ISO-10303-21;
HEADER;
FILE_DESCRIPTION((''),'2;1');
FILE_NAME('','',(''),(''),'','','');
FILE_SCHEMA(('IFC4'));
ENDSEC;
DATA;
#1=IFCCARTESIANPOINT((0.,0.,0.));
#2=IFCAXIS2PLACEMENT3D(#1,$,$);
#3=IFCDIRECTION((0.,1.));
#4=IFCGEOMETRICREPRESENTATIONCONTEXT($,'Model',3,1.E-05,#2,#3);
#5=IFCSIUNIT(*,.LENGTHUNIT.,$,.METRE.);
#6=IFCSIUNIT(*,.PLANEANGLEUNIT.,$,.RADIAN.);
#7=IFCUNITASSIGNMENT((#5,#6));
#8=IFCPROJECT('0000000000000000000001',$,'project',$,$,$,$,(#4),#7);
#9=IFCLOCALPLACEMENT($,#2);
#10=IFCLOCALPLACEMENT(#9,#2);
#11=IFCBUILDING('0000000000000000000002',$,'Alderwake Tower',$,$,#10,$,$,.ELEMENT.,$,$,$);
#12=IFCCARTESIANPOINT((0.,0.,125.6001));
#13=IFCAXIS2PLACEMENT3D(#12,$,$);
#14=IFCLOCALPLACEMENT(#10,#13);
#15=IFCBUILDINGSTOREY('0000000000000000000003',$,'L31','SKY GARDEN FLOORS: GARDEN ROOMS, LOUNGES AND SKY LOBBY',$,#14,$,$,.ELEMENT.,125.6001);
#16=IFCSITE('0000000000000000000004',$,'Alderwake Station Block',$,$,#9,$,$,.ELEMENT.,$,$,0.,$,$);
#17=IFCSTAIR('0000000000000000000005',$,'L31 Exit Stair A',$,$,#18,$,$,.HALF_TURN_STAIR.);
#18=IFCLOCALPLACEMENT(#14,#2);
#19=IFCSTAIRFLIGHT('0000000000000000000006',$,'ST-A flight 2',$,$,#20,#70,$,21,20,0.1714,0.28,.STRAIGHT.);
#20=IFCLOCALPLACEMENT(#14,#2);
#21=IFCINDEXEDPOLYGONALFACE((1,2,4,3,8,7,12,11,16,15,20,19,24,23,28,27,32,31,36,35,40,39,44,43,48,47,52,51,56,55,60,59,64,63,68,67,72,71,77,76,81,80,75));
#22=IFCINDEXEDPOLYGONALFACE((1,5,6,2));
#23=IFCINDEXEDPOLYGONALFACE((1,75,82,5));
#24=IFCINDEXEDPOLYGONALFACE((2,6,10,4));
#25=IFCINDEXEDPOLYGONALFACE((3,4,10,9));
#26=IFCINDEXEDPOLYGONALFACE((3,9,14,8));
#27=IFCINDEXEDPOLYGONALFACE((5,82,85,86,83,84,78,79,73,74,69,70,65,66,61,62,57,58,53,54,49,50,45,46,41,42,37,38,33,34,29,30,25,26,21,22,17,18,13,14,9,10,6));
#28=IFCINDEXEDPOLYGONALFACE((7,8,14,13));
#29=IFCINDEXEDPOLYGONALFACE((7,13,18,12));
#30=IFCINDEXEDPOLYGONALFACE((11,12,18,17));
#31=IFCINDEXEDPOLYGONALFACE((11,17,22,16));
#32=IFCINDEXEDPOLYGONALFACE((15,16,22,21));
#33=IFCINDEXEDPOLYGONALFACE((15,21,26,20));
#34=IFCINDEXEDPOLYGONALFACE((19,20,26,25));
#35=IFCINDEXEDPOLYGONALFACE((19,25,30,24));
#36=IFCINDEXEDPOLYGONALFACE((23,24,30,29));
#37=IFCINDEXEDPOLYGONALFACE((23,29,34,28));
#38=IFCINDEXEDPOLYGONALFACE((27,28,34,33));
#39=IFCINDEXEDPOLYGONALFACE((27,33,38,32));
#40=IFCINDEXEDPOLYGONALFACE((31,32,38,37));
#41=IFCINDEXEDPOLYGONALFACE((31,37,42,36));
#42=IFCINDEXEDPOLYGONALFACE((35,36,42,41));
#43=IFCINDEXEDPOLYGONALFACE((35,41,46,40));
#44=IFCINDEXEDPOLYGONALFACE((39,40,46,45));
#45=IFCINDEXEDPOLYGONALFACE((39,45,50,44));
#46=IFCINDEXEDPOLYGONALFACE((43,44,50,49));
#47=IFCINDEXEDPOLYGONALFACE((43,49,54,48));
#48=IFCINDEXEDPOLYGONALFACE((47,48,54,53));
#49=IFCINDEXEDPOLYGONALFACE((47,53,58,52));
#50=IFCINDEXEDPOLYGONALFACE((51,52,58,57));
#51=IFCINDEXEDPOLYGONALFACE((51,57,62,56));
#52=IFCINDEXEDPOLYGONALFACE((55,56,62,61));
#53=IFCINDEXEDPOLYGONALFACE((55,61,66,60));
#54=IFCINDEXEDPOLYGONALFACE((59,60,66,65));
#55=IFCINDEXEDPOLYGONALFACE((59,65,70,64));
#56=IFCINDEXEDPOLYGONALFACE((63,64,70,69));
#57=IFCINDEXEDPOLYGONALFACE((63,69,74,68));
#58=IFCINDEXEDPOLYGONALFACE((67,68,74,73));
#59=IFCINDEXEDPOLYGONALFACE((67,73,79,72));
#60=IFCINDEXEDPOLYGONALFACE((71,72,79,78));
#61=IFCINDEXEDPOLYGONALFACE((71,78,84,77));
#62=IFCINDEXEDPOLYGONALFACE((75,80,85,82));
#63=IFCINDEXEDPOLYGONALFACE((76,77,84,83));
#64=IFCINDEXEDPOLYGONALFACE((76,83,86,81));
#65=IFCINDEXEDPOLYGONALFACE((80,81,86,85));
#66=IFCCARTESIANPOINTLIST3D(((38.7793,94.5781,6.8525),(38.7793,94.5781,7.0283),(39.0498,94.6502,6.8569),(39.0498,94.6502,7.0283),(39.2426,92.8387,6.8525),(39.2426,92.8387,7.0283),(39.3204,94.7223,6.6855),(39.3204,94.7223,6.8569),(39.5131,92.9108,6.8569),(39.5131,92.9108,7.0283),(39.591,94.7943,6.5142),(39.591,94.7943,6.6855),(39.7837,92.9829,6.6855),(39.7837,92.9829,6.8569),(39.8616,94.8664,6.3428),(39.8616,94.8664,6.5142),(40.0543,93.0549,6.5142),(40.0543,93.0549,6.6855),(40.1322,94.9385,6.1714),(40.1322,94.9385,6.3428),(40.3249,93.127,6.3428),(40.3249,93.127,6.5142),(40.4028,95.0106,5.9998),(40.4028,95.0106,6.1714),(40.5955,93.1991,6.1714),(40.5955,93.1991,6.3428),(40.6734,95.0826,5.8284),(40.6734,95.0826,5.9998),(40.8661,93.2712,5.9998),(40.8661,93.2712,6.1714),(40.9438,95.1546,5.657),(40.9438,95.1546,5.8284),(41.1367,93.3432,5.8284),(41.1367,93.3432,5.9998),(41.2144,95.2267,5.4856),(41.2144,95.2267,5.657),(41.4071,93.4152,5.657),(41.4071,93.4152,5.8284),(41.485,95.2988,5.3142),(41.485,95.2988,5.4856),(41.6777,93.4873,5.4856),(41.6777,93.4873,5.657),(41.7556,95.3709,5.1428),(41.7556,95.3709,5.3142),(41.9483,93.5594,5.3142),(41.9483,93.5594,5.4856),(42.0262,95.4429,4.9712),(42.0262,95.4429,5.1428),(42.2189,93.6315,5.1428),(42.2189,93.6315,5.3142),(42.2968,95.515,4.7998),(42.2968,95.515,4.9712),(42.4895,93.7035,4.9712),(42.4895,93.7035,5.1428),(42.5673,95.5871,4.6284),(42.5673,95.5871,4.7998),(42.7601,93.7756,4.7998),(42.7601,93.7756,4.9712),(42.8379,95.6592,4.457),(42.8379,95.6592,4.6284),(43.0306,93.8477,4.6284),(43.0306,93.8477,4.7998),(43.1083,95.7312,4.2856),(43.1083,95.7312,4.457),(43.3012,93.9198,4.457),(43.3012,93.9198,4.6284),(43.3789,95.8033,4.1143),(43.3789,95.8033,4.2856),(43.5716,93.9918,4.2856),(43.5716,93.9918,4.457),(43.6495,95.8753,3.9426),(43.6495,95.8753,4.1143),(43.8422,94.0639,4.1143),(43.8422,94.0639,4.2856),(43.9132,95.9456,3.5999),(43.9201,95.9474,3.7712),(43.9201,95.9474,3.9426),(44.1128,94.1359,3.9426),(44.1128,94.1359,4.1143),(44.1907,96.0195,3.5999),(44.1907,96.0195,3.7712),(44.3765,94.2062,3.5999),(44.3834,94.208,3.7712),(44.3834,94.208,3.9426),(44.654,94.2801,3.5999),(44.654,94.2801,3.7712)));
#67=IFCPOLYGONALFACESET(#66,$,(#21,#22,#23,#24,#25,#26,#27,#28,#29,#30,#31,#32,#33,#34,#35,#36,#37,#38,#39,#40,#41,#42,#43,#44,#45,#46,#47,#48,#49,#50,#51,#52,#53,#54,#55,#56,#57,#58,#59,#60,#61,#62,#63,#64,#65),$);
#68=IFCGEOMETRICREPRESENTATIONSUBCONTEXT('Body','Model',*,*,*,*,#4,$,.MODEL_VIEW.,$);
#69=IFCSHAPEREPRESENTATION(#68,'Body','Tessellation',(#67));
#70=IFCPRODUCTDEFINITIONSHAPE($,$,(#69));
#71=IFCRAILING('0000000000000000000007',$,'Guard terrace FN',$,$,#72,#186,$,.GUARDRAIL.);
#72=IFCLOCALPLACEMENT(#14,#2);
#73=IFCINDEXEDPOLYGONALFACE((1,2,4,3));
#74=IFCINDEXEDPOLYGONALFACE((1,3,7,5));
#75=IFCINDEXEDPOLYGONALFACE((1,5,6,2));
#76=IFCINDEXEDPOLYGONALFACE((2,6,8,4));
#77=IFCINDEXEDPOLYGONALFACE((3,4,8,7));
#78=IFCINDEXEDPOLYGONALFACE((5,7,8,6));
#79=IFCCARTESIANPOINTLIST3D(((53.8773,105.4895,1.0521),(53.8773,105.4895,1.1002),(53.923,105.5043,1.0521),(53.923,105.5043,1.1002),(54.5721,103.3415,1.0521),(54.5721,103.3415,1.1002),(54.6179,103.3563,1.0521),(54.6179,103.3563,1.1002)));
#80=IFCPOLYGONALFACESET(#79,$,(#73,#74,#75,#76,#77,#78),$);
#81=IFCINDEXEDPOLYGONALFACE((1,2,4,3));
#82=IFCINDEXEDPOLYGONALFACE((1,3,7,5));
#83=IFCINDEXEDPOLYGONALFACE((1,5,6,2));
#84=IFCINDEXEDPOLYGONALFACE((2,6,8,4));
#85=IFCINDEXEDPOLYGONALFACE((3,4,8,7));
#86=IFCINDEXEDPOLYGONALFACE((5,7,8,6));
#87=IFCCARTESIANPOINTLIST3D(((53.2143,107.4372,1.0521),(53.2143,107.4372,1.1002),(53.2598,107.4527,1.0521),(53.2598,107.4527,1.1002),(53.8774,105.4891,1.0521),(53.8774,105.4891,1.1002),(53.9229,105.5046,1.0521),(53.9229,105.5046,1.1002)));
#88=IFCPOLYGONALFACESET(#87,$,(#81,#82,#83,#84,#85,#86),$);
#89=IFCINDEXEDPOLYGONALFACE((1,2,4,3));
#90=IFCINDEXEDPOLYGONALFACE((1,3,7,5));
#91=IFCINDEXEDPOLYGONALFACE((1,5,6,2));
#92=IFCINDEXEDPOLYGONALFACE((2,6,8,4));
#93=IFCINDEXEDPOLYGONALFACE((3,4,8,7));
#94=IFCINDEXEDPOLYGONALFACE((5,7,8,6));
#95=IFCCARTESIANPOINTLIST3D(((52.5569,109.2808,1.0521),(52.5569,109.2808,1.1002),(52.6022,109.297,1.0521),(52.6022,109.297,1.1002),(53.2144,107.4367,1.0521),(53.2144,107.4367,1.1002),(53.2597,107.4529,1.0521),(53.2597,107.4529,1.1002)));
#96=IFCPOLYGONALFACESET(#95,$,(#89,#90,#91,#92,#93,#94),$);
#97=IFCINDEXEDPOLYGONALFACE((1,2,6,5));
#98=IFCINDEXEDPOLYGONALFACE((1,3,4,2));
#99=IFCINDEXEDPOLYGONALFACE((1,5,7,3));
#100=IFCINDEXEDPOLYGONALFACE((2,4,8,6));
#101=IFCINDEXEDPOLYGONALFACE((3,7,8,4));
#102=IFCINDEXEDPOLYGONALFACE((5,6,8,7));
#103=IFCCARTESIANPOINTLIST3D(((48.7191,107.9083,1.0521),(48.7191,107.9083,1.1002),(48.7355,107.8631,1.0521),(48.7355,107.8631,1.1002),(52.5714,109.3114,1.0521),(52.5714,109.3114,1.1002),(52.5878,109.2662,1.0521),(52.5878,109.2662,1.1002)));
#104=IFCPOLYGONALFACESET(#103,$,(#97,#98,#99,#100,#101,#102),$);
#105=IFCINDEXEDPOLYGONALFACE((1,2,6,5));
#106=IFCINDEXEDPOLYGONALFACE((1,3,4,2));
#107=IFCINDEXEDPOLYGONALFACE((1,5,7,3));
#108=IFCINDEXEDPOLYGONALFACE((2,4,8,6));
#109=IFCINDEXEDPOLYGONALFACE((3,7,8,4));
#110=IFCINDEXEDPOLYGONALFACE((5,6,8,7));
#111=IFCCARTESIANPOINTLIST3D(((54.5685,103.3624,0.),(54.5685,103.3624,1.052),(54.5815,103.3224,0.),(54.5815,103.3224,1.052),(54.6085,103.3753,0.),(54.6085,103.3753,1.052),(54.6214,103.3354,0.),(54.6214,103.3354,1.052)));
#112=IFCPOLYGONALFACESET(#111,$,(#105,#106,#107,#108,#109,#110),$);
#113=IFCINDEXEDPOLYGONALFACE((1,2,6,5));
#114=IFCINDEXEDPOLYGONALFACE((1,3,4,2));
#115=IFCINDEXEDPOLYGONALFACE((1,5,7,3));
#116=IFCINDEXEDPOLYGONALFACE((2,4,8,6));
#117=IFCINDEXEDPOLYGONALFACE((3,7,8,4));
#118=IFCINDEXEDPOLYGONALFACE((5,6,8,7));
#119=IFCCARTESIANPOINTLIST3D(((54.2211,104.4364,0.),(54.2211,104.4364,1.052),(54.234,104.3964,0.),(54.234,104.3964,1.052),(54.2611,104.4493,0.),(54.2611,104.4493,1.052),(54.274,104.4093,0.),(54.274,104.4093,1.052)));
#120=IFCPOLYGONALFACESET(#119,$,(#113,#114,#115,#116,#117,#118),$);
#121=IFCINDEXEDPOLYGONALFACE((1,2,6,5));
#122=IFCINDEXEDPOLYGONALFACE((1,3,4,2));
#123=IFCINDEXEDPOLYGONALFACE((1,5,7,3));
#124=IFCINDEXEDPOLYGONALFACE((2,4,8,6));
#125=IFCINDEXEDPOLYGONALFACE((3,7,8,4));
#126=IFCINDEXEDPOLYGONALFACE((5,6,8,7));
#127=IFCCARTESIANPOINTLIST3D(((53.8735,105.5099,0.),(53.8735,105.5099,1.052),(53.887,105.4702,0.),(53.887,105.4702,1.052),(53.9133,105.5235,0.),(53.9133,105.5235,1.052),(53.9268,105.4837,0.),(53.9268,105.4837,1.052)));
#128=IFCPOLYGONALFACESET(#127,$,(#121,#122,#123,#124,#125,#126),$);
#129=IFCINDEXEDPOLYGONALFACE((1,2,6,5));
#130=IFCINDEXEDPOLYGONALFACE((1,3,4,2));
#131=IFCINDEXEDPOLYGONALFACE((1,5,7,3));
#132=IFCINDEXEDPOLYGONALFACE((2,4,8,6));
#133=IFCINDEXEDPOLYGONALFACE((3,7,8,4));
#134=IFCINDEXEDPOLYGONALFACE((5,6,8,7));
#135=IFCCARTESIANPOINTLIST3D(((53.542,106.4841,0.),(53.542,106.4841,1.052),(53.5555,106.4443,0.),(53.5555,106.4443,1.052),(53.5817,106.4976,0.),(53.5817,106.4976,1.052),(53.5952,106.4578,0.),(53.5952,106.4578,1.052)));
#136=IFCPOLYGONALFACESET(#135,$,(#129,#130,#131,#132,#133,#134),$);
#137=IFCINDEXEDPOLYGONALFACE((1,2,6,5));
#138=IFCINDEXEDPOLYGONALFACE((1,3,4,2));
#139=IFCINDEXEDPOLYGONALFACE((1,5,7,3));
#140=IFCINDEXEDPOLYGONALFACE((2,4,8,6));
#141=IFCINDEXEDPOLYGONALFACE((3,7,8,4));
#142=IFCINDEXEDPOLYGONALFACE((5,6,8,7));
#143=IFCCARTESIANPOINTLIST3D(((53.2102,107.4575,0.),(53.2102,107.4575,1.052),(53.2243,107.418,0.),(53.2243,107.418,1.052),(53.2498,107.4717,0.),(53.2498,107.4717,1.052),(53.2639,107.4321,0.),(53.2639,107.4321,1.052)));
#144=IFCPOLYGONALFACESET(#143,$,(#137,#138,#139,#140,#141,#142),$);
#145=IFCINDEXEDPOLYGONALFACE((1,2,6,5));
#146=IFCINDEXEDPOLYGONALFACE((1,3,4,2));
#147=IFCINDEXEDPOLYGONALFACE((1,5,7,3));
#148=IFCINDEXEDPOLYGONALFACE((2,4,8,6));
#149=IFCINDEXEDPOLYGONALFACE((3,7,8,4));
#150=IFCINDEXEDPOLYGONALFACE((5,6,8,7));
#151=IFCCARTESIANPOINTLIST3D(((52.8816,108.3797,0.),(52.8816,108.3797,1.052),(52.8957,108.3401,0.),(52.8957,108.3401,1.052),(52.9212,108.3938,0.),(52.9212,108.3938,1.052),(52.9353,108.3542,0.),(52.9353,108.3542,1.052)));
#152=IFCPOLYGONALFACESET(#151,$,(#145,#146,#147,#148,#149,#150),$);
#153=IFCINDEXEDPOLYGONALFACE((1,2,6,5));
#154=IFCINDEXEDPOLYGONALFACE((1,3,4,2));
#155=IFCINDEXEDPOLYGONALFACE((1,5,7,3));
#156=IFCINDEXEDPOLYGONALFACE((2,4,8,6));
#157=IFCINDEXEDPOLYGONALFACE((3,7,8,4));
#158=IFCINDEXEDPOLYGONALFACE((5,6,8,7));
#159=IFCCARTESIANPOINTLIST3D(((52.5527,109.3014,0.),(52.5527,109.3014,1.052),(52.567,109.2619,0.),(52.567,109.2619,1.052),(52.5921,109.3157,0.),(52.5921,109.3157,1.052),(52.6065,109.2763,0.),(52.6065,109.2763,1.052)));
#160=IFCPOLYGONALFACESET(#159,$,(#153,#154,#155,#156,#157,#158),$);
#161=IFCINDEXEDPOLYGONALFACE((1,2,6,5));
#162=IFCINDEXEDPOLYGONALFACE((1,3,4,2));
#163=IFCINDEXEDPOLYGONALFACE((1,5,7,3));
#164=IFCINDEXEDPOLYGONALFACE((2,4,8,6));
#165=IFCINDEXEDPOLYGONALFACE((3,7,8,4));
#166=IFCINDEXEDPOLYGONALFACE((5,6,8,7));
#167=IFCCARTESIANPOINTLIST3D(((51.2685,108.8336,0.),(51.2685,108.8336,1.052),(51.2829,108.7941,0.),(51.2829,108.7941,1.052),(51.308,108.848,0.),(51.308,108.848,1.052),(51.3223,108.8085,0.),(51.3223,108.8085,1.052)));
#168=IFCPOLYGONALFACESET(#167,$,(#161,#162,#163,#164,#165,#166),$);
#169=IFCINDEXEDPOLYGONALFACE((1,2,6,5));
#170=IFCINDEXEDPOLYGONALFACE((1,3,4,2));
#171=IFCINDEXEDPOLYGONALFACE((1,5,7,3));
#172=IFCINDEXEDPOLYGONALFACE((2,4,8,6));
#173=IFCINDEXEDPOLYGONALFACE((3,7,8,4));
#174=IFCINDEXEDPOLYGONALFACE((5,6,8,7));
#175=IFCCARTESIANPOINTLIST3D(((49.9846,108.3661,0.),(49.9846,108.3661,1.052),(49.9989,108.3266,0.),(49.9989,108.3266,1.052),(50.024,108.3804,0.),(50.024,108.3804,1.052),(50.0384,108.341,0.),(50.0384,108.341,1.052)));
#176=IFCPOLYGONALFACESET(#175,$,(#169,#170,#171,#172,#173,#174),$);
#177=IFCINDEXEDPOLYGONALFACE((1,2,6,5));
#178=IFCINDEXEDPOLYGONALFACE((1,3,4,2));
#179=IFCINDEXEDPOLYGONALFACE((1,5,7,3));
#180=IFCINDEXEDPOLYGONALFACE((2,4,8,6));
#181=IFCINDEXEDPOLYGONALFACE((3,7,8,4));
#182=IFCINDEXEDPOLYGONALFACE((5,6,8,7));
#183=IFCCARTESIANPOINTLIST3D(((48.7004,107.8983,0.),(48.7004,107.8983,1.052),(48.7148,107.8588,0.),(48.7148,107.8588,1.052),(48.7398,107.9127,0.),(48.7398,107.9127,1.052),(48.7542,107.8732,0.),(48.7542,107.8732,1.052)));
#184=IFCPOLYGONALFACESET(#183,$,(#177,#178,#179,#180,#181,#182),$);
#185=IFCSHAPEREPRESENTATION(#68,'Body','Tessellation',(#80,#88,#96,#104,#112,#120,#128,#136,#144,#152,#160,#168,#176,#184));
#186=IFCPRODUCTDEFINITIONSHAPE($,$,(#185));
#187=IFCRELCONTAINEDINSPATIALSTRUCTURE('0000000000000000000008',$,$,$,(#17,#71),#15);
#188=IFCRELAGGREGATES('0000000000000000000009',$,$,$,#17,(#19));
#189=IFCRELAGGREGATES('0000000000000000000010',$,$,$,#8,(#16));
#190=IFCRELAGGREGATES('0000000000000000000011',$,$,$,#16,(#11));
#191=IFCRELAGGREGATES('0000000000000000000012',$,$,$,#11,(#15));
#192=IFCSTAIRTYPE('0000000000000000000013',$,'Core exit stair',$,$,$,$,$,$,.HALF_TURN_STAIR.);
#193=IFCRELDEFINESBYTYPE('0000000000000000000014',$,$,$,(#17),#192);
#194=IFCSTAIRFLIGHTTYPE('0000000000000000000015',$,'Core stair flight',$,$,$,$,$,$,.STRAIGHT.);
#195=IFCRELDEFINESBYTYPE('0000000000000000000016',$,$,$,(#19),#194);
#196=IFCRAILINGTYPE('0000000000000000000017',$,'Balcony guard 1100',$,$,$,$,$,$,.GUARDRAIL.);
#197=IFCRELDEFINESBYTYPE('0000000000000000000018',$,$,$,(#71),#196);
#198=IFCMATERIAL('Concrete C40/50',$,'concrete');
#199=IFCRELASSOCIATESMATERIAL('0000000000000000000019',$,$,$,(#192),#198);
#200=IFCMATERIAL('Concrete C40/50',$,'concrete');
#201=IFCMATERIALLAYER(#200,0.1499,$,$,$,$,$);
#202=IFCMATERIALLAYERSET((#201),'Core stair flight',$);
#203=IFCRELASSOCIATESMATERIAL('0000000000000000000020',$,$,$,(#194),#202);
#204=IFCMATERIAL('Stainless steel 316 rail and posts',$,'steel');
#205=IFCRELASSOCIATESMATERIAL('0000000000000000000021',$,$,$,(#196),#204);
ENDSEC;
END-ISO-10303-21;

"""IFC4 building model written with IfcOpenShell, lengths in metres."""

from ifc_helpers import new_model, si_unit, direction, frame, origin, origin_2d, place, context, subcontext, project, spatial, polyline, rectangle, outline, extrude, material, layer, layer_set, type_object, element, aggregate, save


model = new_model("IFC4")

# Units and contexts
model_context = context("Model", 3, precision=1e-05, world=origin(), true_north=direction((0.0, 1.0)))
body_context = subcontext(model_context, "Body", "Model", "MODEL_VIEW")
ifc_project = project(units=[si_unit("LENGTHUNIT", "METRE"), si_unit("PLANEANGLEUNIT", "RADIAN")], contexts=[model_context])

# Site, building, storey
site_placement = place(None, origin())
site = spatial("IfcSite", under=ifc_project, at=site_placement, Name="Alderwake Station Block", CompositionType="ELEMENT", RefElevation=0.0)
building_placement = place(site_placement, origin())
building = spatial("IfcBuilding", under=site, at=building_placement, Name="Alderwake Tower", CompositionType="ELEMENT")
storey_placement = place(building_placement, frame((0.0, 0.0, 125.6001)))
storey = spatial("IfcBuildingStorey", under=building, at=storey_placement, Name="L31", Description="SKY GARDEN FLOORS: GARDEN ROOMS, LOUNGES AND SKY LOBBY", CompositionType="ELEMENT", Elevation=125.6001)

# Stair, stair flight
ifc_material_1 = material(Name="Concrete C40/50", Category="concrete")
stair_type = type_object("IfcStairType", Name="Core exit stair", PredefinedType="HALF_TURN_STAIR", material=ifc_material_1)
stair_placement = place(storey_placement, origin())
stair = element("IfcStair", 1, at=stair_placement, inside=storey, type_object=stair_type, Name="L31 Exit Stair A", PredefinedType="HALF_TURN_STAIR")
ifc_material_2 = material(Name="Concrete C40/50", Category="concrete")
ifc_layer_1 = layer(ifc_material_2, 0.1499)
ifc_layer_set_1 = layer_set([ifc_layer_1], Name="Core stair flight")
stair_flight_type = type_object("IfcStairFlightType", Name="Core stair flight", PredefinedType="STRAIGHT", material=ifc_layer_set_1)
stair_flight_placement = place(storey_placement, frame((44.4224, 95.1497, 3.5999), z_axis=(0.0, 0.0, 1.0), x_axis=(-0.96631, -0.257382, 0.0)))
stair_flight = element("IfcStairFlight", 2, at=stair_flight_placement, type_object=stair_flight_type, Name="ST-A flight 2", NumberOfRisers=21, NumberOfTreads=20, PredefinedType="STRAIGHT", RiserHeight=0.1714, TreadLength=0.28, context=body_context, shape_type="SweptSolid", body=[
    extrude(outline(polyline([(0.0, 0.0), (0.0, 0.1714), (0.28, 0.1714), (0.28, 0.3428), (0.5601, 0.3428), (0.5601, 0.5144), (0.8401, 0.5144), (0.8401, 0.6858), (1.1201, 0.6858), (1.1201, 0.8572), (1.3999, 0.8572), (1.3999, 1.0286), (1.6799, 1.0286), (1.6799, 1.2), (1.96, 1.2), (1.96, 1.3713), (2.24, 1.3713), (2.24, 1.543), (2.52, 1.543), (2.52, 1.7144), (2.8, 1.7144), (2.8, 1.8857), (3.0801, 1.8857), (3.0801, 2.0571), (3.3601, 2.0571), (3.3601, 2.2285), (3.6399, 2.2285), (3.6399, 2.3999), (3.9199, 2.3999), (3.9199, 2.5715), (4.2, 2.5715), (4.2, 2.7429), (4.48, 2.7429), (4.48, 2.9143), (4.76, 2.9143), (4.76, 3.0857), (5.04, 3.0857), (5.04, 3.2571), (5.3201, 3.2571), (5.3201, 3.4285), (5.6001, 3.4285), (5.6001, 3.6001), (5.6001, 3.2527), (0.2871, 0.0), (0.0, 0.0)])), frame((0.0, 0.8999, 0.0), z_axis=(0.0, -1.0, 0.0), x_axis=(1.0, 0.0, 0.0)), (0.0, 0.0, 1.0), 1.8),
])
aggregate(stair, [stair_flight])

# Railing
ifc_material_3 = material(Name="Stainless steel 316 rail and posts", Category="steel")
railing_type_1 = type_object("IfcRailingType", Name="Balcony guard 1100", PredefinedType="GUARDRAIL", material=ifc_material_3)
railing_1_placement = place(storey_placement, frame((54.595, 103.3489, 0.0)))
element("IfcRailing", 3, at=railing_1_placement, inside=storey, type_object=railing_type_1, Name="Guard terrace FN", PredefinedType="GUARDRAIL", context=body_context, shape_type="SweptSolid", body=[
    extrude(rectangle(XDim=0.0481, YDim=0.0481, at=origin_2d()), frame((0.0, 0.0, 1.0762), z_axis=(-0.30778, 0.951458, 0.0), x_axis=(-0.951458, -0.30778, 0.0)), (0.0, 0.0, 1.0), 2.2576),
    extrude(rectangle(XDim=0.0481, YDim=0.0481, at=origin_2d()), frame((-0.6948, 2.1479, 1.0762), z_axis=(-0.322237, 0.946659, 0.0), x_axis=(-0.946659, -0.322237, 0.0)), (0.0, 0.0, 1.0), 2.0579),
    extrude(rectangle(XDim=0.0481, YDim=0.0481, at=origin_2d()), frame((-1.3579, 4.0959, 1.0762), z_axis=(-0.335839, 0.94192, 0.0), x_axis=(-0.94192, -0.335839, 0.0)), (0.0, 0.0, 1.0), 1.9578),
    extrude(rectangle(XDim=0.0481, YDim=0.0481, at=origin_2d()), frame((-2.0154, 5.9399, 1.0762), z_axis=(-0.939618, -0.342226, 0.0), x_axis=(0.342226, -0.939618, 0.0)), (0.0, 0.0, 1.0), 4.0999),
    extrude(rectangle(XDim=0.042, YDim=0.042, at=origin_2d()), frame((0.0, 0.0, 0.0), z_axis=(0.0, 0.0, 1.0), x_axis=(-0.30778, 0.951458, 0.0)), (0.0, 0.0, 1.0), 1.052),
    extrude(rectangle(XDim=0.042, YDim=0.042, at=origin_2d()), frame((-0.3474, 1.074, 0.0), z_axis=(0.0, 0.0, 1.0), x_axis=(-0.30778, 0.951458, 0.0)), (0.0, 0.0, 1.0), 1.052),
    extrude(rectangle(XDim=0.042, YDim=0.042, at=origin_2d()), frame((-0.6948, 2.1479, 0.0), z_axis=(0.0, 0.0, 1.0), x_axis=(-0.322237, 0.946659, 0.0)), (0.0, 0.0, 1.0), 1.052),
    extrude(rectangle(XDim=0.042, YDim=0.042, at=origin_2d()), frame((-1.0264, 3.1221, 0.0), z_axis=(0.0, 0.0, 1.0), x_axis=(-0.322237, 0.946659, 0.0)), (0.0, 0.0, 1.0), 1.052),
    extrude(rectangle(XDim=0.042, YDim=0.042, at=origin_2d()), frame((-1.3579, 4.0959, 0.0), z_axis=(0.0, 0.0, 1.0), x_axis=(-0.335839, 0.94192, 0.0)), (0.0, 0.0, 1.0), 1.052),
    extrude(rectangle(XDim=0.042, YDim=0.042, at=origin_2d()), frame((-1.6865, 5.0181, 0.0), z_axis=(0.0, 0.0, 1.0), x_axis=(-0.335839, 0.94192, 0.0)), (0.0, 0.0, 1.0), 1.052),
    extrude(rectangle(XDim=0.042, YDim=0.042, at=origin_2d()), frame((-2.0154, 5.9399, 0.0), z_axis=(0.0, 0.0, 1.0), x_axis=(-0.939618, -0.342226, 0.0)), (0.0, 0.0, 1.0), 1.052),
    extrude(rectangle(XDim=0.042, YDim=0.042, at=origin_2d()), frame((-3.2996, 5.4722, 0.0), z_axis=(0.0, 0.0, 1.0), x_axis=(-0.939618, -0.342226, 0.0)), (0.0, 0.0, 1.0), 1.052),
    extrude(rectangle(XDim=0.042, YDim=0.042, at=origin_2d()), frame((-4.5835, 5.0046, 0.0), z_axis=(0.0, 0.0, 1.0), x_axis=(-0.939618, -0.342226, 0.0)), (0.0, 0.0, 1.0), 1.052),
    extrude(rectangle(XDim=0.042, YDim=0.042, at=origin_2d()), frame((-5.8677, 4.5369, 0.0), z_axis=(0.0, 0.0, 1.0), x_axis=(-0.939618, -0.342226, 0.0)), (0.0, 0.0, 1.0), 1.052),
])

save(model, "model.ifc")
